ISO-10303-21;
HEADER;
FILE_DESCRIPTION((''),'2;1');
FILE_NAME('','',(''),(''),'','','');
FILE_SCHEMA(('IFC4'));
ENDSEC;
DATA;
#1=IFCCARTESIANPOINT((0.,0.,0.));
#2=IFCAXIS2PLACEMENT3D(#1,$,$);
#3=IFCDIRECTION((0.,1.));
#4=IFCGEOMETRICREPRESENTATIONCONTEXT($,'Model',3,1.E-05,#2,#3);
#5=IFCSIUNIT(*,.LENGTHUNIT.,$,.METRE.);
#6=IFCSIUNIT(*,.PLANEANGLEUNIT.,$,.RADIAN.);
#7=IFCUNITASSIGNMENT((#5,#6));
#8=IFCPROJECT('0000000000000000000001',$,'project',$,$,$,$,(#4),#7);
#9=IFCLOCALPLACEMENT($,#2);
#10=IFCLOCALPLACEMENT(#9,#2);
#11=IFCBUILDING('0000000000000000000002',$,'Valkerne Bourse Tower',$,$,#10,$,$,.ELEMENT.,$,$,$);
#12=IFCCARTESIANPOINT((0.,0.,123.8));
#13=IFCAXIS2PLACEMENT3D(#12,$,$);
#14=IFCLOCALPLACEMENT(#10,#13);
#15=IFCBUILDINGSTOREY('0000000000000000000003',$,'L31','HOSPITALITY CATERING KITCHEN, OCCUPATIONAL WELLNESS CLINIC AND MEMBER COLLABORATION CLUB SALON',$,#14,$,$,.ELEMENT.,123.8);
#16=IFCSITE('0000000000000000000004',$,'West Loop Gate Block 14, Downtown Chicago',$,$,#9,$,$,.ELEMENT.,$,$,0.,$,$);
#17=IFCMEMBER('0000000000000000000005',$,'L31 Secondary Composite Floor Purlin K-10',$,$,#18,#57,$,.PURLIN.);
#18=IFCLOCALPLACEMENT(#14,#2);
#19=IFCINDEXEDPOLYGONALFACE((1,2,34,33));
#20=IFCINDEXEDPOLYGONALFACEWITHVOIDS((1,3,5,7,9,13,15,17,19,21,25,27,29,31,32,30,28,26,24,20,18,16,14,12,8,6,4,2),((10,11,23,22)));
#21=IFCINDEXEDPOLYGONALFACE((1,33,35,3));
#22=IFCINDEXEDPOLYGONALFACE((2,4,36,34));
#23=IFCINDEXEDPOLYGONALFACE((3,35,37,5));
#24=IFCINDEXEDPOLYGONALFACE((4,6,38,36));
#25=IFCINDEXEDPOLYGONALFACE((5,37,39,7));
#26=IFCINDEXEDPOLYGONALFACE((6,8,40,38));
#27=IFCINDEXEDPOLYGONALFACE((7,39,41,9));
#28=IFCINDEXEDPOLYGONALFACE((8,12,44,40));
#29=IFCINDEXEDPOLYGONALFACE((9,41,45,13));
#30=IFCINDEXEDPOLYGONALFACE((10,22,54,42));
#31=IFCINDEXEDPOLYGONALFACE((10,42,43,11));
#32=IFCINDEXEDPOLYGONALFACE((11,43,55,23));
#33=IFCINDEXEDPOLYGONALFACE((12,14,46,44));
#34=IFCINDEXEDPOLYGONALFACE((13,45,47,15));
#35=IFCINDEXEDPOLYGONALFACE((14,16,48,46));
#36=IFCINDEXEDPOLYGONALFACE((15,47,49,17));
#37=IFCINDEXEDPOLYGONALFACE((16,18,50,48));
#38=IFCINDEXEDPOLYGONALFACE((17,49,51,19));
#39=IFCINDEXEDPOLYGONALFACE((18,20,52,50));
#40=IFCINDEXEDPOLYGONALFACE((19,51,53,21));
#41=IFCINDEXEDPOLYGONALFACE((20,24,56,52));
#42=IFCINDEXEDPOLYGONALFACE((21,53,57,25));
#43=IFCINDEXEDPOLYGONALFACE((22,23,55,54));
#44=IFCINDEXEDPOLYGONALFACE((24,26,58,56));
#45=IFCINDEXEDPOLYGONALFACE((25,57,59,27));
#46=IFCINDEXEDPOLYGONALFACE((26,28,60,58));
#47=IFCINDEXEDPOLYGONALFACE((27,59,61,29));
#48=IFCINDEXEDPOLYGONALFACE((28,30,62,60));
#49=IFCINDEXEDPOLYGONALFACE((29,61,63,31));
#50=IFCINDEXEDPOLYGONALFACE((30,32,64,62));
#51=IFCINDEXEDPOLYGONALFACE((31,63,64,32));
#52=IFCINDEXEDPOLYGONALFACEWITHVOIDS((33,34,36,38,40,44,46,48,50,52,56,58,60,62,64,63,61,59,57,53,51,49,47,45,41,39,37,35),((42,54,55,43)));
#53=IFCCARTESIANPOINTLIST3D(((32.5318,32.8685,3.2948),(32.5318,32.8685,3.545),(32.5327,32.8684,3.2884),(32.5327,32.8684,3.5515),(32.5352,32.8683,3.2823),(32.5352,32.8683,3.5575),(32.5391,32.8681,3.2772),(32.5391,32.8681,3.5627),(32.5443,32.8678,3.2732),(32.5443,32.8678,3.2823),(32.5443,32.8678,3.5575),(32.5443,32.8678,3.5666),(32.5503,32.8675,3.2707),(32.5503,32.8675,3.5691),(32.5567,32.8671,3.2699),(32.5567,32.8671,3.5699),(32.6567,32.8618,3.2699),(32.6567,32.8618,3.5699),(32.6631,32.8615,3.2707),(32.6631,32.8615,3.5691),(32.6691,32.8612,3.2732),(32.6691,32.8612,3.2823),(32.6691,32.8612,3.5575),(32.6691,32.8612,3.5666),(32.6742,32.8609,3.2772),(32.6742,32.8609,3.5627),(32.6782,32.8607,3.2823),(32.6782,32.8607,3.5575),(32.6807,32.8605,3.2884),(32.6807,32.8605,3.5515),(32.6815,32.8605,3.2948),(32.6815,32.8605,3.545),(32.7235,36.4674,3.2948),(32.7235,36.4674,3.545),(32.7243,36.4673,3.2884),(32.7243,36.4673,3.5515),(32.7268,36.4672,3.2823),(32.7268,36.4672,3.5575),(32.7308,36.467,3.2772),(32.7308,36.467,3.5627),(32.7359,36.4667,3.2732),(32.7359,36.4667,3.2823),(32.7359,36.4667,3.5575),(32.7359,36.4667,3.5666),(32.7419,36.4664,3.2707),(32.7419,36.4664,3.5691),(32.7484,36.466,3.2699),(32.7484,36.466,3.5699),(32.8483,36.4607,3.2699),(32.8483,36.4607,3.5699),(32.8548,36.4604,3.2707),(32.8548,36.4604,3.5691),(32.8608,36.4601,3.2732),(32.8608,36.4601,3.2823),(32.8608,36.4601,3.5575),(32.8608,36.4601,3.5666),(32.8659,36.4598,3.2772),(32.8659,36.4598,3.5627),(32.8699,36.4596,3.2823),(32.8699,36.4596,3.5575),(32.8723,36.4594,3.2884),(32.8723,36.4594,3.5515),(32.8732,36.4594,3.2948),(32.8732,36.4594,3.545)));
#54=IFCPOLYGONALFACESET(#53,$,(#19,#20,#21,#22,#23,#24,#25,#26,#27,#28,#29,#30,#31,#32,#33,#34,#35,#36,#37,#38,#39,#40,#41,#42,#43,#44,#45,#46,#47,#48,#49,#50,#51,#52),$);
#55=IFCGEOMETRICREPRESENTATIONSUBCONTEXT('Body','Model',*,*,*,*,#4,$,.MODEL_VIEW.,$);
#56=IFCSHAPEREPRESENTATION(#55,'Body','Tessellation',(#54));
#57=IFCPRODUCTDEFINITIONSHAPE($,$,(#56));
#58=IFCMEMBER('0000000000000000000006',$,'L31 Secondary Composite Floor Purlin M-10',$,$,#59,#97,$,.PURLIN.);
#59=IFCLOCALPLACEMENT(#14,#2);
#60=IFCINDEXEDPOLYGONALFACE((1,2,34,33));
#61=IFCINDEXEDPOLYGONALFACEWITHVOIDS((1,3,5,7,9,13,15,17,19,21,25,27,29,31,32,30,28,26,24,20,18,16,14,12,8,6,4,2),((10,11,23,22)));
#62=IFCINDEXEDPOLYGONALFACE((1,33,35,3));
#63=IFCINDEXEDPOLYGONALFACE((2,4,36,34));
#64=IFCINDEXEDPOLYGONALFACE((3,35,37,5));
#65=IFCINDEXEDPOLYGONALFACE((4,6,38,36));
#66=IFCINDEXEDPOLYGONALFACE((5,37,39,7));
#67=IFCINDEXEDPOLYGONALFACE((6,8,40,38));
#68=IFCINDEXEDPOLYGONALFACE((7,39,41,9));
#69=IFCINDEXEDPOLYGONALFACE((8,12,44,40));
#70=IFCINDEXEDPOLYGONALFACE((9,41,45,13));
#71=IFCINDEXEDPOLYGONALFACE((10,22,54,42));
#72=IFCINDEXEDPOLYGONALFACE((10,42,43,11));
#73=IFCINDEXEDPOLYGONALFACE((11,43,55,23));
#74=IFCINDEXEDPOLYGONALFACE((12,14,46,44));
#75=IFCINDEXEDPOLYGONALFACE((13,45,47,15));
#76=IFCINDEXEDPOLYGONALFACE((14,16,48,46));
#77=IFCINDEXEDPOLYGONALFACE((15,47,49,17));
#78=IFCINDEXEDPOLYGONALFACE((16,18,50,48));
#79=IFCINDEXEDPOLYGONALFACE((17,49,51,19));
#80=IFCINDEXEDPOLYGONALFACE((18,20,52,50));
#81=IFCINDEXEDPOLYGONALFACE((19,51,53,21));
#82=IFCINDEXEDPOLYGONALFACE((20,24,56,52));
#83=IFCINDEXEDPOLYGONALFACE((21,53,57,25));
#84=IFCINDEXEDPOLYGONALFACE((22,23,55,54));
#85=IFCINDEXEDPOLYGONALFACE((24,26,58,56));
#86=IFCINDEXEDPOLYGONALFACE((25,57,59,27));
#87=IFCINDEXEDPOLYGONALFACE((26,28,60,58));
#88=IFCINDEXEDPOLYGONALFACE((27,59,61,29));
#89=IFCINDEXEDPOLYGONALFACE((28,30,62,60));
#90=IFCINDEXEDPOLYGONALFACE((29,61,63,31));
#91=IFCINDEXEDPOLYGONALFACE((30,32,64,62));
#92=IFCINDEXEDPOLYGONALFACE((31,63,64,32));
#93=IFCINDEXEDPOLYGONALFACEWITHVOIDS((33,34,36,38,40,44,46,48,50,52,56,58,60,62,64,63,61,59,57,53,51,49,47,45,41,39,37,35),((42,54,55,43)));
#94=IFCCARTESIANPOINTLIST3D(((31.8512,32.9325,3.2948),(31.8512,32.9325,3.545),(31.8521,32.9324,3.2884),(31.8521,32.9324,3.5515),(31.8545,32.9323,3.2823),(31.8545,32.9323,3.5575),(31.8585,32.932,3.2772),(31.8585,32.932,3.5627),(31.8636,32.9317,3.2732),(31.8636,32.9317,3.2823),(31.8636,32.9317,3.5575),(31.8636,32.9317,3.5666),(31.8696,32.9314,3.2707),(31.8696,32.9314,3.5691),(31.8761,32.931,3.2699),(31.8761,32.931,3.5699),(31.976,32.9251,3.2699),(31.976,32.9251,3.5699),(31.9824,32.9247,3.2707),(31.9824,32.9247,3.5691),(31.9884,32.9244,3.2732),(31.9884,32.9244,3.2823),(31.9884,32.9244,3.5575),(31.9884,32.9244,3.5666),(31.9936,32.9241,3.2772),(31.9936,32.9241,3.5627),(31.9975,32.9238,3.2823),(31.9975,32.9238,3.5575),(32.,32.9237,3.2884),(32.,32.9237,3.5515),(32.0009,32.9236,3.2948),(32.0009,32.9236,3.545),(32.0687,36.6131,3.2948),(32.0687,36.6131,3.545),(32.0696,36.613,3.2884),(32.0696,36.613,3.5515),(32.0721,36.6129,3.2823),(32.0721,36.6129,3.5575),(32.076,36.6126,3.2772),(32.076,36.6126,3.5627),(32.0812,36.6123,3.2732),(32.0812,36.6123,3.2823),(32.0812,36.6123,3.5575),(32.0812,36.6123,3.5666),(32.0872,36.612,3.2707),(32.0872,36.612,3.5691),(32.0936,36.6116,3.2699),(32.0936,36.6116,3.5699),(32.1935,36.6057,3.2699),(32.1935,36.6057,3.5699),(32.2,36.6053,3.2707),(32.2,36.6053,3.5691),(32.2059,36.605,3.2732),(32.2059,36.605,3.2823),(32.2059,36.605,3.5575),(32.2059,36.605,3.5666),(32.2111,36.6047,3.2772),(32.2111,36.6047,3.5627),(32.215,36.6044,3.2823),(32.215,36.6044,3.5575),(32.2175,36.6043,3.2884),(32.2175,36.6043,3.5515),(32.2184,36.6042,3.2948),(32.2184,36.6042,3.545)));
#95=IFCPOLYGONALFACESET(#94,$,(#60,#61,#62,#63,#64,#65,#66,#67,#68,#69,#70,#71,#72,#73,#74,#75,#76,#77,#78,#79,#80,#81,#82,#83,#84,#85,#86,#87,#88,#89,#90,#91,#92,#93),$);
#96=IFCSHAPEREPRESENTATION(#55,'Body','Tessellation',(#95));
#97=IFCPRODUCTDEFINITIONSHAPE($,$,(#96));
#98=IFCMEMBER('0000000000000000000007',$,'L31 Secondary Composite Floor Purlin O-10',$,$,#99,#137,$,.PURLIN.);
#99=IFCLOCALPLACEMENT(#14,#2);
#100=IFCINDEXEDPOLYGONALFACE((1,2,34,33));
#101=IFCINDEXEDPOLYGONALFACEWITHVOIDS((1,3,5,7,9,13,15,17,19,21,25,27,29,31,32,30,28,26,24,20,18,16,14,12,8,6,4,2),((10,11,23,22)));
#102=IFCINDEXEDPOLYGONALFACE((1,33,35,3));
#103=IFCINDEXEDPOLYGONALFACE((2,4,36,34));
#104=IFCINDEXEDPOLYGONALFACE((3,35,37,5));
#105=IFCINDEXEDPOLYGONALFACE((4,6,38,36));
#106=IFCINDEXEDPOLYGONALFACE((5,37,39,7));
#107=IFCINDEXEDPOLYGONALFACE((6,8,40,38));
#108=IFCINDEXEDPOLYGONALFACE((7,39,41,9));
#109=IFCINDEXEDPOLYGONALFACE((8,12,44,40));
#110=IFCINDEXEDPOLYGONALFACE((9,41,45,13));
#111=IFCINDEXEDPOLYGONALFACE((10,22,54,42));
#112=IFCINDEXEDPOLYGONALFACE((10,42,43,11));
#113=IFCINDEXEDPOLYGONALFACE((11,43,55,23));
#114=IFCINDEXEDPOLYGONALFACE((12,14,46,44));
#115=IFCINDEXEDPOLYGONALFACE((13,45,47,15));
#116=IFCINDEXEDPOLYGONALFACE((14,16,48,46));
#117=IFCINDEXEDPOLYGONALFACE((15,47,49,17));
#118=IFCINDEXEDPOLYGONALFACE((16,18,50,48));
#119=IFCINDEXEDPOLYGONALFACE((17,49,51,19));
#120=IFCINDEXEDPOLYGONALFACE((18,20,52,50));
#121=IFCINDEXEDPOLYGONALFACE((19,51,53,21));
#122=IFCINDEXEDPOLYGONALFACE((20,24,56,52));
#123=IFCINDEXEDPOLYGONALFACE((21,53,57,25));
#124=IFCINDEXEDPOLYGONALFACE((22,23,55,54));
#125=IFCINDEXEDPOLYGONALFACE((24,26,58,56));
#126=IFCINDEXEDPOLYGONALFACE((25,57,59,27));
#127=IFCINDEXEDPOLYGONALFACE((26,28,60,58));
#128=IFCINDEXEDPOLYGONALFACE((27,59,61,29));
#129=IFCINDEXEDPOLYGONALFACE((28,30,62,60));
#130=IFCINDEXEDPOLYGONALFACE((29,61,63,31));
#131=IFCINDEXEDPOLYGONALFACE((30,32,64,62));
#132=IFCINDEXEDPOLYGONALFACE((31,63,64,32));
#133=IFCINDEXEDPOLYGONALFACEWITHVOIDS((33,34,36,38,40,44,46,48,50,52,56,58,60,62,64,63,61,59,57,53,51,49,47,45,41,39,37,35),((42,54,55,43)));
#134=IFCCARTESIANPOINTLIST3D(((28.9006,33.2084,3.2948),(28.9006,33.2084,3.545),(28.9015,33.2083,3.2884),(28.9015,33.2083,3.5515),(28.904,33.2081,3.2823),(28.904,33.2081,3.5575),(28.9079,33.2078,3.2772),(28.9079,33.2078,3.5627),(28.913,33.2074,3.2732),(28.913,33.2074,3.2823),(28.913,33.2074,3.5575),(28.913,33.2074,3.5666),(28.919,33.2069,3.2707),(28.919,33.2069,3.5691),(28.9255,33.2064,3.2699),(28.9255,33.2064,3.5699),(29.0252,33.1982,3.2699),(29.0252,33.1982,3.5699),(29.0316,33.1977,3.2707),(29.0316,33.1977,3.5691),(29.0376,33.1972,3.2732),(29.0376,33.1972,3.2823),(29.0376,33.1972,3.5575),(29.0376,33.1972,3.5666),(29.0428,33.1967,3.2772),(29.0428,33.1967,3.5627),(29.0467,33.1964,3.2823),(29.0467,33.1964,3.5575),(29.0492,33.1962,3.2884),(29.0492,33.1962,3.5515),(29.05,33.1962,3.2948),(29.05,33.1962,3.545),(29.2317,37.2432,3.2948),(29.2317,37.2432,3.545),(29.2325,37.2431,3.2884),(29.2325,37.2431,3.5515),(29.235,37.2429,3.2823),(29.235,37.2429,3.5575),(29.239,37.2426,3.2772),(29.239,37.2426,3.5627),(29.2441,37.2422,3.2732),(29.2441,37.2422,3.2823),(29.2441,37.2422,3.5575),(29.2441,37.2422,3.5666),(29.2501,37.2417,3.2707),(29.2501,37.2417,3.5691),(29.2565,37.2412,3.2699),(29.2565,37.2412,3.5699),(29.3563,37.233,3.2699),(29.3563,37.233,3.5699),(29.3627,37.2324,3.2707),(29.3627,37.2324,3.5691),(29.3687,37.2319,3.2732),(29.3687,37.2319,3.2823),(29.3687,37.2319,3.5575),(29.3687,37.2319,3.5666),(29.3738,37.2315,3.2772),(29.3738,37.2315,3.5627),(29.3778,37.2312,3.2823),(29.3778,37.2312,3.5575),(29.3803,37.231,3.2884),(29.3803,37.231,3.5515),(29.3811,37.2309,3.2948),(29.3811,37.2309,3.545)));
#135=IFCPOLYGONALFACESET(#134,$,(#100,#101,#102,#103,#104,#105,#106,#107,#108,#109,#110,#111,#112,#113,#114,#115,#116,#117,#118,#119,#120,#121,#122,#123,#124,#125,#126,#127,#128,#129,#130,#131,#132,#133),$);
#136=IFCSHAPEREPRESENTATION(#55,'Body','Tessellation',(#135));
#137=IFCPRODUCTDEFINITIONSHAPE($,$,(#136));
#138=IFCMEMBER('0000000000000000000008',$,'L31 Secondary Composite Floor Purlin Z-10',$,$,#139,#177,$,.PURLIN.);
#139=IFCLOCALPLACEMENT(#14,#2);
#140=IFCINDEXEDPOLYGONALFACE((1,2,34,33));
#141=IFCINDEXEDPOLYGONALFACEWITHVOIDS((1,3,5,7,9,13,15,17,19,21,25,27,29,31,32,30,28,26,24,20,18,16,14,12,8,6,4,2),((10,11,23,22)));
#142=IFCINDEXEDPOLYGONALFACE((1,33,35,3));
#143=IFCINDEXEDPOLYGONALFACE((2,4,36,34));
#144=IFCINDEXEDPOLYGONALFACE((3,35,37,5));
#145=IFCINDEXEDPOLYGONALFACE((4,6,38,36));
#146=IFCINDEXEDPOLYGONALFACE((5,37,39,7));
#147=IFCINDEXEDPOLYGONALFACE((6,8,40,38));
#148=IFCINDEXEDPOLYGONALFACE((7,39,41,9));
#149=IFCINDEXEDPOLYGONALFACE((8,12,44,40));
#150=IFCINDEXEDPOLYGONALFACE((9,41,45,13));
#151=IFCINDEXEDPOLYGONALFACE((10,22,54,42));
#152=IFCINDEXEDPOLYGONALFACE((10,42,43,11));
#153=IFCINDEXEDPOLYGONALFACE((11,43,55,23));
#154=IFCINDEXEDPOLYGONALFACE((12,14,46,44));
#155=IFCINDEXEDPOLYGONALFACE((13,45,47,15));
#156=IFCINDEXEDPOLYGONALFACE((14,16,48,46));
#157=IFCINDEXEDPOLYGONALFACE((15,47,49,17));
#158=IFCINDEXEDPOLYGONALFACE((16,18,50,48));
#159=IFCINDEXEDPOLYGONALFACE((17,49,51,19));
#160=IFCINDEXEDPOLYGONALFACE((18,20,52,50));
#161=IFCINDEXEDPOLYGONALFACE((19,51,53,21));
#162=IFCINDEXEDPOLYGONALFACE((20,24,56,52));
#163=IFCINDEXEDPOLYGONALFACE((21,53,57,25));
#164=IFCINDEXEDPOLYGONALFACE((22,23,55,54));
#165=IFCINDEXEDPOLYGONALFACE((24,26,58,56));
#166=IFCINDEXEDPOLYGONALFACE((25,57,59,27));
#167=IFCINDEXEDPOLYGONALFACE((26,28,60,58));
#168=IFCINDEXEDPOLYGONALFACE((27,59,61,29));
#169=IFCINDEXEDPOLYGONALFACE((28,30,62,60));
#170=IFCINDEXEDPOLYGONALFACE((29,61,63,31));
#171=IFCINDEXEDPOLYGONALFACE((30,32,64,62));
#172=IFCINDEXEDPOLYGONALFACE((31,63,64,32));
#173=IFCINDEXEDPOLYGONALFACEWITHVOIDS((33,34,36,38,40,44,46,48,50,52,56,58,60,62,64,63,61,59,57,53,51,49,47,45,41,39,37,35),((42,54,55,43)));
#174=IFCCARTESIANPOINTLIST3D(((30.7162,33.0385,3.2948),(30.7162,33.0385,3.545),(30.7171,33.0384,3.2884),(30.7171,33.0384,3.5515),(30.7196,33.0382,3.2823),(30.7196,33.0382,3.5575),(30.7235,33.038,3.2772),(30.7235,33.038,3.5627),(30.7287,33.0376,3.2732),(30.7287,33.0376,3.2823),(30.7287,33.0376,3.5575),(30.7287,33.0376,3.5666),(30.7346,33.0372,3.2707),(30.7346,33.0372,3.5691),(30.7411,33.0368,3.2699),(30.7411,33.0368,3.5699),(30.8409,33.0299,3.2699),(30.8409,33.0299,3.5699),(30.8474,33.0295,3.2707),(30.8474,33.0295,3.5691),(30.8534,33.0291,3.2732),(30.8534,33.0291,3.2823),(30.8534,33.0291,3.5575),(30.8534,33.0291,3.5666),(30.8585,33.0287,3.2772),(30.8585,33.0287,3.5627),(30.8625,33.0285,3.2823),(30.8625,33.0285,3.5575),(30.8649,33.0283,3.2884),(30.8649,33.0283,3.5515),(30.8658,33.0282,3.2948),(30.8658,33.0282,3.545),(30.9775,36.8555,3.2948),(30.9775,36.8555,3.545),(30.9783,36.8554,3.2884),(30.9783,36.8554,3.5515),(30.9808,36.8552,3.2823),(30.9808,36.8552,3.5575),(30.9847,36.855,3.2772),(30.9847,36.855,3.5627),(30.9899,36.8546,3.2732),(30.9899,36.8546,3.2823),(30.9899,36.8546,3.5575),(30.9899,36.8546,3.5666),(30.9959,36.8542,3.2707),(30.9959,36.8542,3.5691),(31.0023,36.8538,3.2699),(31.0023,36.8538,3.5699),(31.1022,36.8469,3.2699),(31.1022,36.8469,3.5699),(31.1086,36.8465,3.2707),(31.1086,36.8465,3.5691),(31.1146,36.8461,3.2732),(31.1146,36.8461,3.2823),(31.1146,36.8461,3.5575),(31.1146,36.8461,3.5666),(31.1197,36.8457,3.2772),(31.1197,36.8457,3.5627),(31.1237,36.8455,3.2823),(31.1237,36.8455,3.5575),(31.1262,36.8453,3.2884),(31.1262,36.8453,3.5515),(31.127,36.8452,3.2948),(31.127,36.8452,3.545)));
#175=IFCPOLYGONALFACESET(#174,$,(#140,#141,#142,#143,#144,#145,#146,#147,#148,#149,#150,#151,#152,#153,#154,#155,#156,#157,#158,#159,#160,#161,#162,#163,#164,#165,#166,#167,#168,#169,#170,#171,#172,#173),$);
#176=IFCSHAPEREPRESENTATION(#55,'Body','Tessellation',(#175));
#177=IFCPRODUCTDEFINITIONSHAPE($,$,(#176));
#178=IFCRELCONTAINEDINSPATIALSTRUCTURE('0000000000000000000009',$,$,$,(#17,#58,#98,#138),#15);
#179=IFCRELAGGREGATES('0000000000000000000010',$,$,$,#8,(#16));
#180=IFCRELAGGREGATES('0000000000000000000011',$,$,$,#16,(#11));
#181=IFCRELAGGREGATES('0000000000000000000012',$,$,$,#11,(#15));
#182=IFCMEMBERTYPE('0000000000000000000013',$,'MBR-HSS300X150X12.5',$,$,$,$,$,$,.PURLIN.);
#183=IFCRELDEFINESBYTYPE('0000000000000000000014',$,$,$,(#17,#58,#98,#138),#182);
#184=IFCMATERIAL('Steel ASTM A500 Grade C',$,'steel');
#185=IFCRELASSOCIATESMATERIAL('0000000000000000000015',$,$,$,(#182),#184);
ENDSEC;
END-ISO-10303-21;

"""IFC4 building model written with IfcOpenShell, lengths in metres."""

from ifc_helpers import new_model, si_unit, direction, frame, origin, origin_2d, place, context, subcontext, project, spatial, hollow_rectangle, extrude, material, material_profile, profile_set, type_object, element, save


model = new_model("IFC4")

# Units and contexts
model_context = context("Model", 3, precision=1e-05, world=origin(), true_north=direction((0.0, 1.0)))
body_context = subcontext(model_context, "Body", "Model", "MODEL_VIEW")
ifc_project = project(units=[si_unit("LENGTHUNIT", "METRE"), si_unit("PLANEANGLEUNIT", "RADIAN")], contexts=[model_context])

# Site, building, storey
site_placement = place(None, origin())
site = spatial("IfcSite", under=ifc_project, at=site_placement, Name="West Loop Gate Block 14, Downtown Chicago", CompositionType="ELEMENT", RefElevation=0.0)
building_placement = place(site_placement, origin())
building = spatial("IfcBuilding", under=site, at=building_placement, Name="Valkerne Bourse Tower", CompositionType="ELEMENT")
storey_placement = place(building_placement, frame((0.0, 0.0, 123.8)))
storey = spatial("IfcBuildingStorey", under=building, at=storey_placement, Name="L31", Description="HOSPITALITY CATERING KITCHEN, OCCUPATIONAL WELLNESS CLINIC AND MEMBER COLLABORATION CLUB SALON", CompositionType="ELEMENT", Elevation=123.8)

# Members
ifc_material_1 = material(Name="Steel ASTM A500 Grade C", Category="steel")
ifc_material_profile_1 = material_profile(ifc_material_1, hollow_rectangle(XDim=0.1499, YDim=0.3, WallThickness=0.0125, OuterFilletRadius=0.0249, at=origin_2d()), Name="HSS300X150X12.5")
ifc_profile_set_1 = profile_set([ifc_material_profile_1], Name="Steel ASTM A500 Grade C")
member_type_1 = type_object("IfcMemberType", Name="MBR-HSS300X150X12.5", PredefinedType="PURLIN", material=ifc_profile_set_1)
member_1_placement = place(storey_placement, frame((32.7983, 36.4634, 3.4199), z_axis=(-0.053177, -0.998585, 0.0), x_axis=(0.998585, -0.053177, 0.0)))
element("IfcMember", 1, at=member_1_placement, inside=storey, type_object=member_type_1, Name="L31 Secondary Composite Floor Purlin K-10", PredefinedType="PURLIN", context=body_context, shape_type="SweptSolid", body=[
    extrude(hollow_rectangle(XDim=0.1499, YDim=0.3, WallThickness=0.0125, OuterFilletRadius=0.0249, at=origin_2d()), origin(), (0.0, 0.0, 1.0), 3.604),
])
member_2_placement = place(storey_placement, frame((32.1436, 36.6086, 3.4199), z_axis=(-0.058998, -0.998258, 0.0), x_axis=(0.998258, -0.058998, 0.0)))
element("IfcMember", 2, at=member_2_placement, inside=storey, type_object=member_type_1, Name="L31 Secondary Composite Floor Purlin M-10", PredefinedType="PURLIN", context=body_context, shape_type="SweptSolid", body=[
    extrude(hollow_rectangle(XDim=0.1499, YDim=0.3, WallThickness=0.0125, OuterFilletRadius=0.0249, at=origin_2d()), origin(), (0.0, 0.0, 1.0), 3.687),
])
member_3_placement = place(storey_placement, frame((29.3064, 37.2371, 3.4199), z_axis=(-0.081778, -0.996651, 0.0), x_axis=(0.996651, -0.081778, 0.0)))
element("IfcMember", 3, at=member_3_placement, inside=storey, type_object=member_type_1, Name="L31 Secondary Composite Floor Purlin O-10", PredefinedType="PURLIN", context=body_context, shape_type="SweptSolid", body=[
    extrude(hollow_rectangle(XDim=0.1499, YDim=0.3, WallThickness=0.0125, OuterFilletRadius=0.0249, at=origin_2d()), origin(), (0.0, 0.0, 1.0), 4.0483),
])
member_4_placement = place(storey_placement, frame((31.0522, 36.8503, 3.4199), z_axis=(-0.068281, -0.997666, 0.0), x_axis=(0.997666, -0.068281, 0.0)))
element("IfcMember", 4, at=member_4_placement, inside=storey, type_object=member_type_1, Name="L31 Secondary Composite Floor Purlin Z-10", PredefinedType="PURLIN", context=body_context, shape_type="SweptSolid", body=[
    extrude(hollow_rectangle(XDim=0.1499, YDim=0.3, WallThickness=0.0125, OuterFilletRadius=0.0249, at=origin_2d()), origin(), (0.0, 0.0, 1.0), 3.8259),
])

save(model, "model.ifc")
